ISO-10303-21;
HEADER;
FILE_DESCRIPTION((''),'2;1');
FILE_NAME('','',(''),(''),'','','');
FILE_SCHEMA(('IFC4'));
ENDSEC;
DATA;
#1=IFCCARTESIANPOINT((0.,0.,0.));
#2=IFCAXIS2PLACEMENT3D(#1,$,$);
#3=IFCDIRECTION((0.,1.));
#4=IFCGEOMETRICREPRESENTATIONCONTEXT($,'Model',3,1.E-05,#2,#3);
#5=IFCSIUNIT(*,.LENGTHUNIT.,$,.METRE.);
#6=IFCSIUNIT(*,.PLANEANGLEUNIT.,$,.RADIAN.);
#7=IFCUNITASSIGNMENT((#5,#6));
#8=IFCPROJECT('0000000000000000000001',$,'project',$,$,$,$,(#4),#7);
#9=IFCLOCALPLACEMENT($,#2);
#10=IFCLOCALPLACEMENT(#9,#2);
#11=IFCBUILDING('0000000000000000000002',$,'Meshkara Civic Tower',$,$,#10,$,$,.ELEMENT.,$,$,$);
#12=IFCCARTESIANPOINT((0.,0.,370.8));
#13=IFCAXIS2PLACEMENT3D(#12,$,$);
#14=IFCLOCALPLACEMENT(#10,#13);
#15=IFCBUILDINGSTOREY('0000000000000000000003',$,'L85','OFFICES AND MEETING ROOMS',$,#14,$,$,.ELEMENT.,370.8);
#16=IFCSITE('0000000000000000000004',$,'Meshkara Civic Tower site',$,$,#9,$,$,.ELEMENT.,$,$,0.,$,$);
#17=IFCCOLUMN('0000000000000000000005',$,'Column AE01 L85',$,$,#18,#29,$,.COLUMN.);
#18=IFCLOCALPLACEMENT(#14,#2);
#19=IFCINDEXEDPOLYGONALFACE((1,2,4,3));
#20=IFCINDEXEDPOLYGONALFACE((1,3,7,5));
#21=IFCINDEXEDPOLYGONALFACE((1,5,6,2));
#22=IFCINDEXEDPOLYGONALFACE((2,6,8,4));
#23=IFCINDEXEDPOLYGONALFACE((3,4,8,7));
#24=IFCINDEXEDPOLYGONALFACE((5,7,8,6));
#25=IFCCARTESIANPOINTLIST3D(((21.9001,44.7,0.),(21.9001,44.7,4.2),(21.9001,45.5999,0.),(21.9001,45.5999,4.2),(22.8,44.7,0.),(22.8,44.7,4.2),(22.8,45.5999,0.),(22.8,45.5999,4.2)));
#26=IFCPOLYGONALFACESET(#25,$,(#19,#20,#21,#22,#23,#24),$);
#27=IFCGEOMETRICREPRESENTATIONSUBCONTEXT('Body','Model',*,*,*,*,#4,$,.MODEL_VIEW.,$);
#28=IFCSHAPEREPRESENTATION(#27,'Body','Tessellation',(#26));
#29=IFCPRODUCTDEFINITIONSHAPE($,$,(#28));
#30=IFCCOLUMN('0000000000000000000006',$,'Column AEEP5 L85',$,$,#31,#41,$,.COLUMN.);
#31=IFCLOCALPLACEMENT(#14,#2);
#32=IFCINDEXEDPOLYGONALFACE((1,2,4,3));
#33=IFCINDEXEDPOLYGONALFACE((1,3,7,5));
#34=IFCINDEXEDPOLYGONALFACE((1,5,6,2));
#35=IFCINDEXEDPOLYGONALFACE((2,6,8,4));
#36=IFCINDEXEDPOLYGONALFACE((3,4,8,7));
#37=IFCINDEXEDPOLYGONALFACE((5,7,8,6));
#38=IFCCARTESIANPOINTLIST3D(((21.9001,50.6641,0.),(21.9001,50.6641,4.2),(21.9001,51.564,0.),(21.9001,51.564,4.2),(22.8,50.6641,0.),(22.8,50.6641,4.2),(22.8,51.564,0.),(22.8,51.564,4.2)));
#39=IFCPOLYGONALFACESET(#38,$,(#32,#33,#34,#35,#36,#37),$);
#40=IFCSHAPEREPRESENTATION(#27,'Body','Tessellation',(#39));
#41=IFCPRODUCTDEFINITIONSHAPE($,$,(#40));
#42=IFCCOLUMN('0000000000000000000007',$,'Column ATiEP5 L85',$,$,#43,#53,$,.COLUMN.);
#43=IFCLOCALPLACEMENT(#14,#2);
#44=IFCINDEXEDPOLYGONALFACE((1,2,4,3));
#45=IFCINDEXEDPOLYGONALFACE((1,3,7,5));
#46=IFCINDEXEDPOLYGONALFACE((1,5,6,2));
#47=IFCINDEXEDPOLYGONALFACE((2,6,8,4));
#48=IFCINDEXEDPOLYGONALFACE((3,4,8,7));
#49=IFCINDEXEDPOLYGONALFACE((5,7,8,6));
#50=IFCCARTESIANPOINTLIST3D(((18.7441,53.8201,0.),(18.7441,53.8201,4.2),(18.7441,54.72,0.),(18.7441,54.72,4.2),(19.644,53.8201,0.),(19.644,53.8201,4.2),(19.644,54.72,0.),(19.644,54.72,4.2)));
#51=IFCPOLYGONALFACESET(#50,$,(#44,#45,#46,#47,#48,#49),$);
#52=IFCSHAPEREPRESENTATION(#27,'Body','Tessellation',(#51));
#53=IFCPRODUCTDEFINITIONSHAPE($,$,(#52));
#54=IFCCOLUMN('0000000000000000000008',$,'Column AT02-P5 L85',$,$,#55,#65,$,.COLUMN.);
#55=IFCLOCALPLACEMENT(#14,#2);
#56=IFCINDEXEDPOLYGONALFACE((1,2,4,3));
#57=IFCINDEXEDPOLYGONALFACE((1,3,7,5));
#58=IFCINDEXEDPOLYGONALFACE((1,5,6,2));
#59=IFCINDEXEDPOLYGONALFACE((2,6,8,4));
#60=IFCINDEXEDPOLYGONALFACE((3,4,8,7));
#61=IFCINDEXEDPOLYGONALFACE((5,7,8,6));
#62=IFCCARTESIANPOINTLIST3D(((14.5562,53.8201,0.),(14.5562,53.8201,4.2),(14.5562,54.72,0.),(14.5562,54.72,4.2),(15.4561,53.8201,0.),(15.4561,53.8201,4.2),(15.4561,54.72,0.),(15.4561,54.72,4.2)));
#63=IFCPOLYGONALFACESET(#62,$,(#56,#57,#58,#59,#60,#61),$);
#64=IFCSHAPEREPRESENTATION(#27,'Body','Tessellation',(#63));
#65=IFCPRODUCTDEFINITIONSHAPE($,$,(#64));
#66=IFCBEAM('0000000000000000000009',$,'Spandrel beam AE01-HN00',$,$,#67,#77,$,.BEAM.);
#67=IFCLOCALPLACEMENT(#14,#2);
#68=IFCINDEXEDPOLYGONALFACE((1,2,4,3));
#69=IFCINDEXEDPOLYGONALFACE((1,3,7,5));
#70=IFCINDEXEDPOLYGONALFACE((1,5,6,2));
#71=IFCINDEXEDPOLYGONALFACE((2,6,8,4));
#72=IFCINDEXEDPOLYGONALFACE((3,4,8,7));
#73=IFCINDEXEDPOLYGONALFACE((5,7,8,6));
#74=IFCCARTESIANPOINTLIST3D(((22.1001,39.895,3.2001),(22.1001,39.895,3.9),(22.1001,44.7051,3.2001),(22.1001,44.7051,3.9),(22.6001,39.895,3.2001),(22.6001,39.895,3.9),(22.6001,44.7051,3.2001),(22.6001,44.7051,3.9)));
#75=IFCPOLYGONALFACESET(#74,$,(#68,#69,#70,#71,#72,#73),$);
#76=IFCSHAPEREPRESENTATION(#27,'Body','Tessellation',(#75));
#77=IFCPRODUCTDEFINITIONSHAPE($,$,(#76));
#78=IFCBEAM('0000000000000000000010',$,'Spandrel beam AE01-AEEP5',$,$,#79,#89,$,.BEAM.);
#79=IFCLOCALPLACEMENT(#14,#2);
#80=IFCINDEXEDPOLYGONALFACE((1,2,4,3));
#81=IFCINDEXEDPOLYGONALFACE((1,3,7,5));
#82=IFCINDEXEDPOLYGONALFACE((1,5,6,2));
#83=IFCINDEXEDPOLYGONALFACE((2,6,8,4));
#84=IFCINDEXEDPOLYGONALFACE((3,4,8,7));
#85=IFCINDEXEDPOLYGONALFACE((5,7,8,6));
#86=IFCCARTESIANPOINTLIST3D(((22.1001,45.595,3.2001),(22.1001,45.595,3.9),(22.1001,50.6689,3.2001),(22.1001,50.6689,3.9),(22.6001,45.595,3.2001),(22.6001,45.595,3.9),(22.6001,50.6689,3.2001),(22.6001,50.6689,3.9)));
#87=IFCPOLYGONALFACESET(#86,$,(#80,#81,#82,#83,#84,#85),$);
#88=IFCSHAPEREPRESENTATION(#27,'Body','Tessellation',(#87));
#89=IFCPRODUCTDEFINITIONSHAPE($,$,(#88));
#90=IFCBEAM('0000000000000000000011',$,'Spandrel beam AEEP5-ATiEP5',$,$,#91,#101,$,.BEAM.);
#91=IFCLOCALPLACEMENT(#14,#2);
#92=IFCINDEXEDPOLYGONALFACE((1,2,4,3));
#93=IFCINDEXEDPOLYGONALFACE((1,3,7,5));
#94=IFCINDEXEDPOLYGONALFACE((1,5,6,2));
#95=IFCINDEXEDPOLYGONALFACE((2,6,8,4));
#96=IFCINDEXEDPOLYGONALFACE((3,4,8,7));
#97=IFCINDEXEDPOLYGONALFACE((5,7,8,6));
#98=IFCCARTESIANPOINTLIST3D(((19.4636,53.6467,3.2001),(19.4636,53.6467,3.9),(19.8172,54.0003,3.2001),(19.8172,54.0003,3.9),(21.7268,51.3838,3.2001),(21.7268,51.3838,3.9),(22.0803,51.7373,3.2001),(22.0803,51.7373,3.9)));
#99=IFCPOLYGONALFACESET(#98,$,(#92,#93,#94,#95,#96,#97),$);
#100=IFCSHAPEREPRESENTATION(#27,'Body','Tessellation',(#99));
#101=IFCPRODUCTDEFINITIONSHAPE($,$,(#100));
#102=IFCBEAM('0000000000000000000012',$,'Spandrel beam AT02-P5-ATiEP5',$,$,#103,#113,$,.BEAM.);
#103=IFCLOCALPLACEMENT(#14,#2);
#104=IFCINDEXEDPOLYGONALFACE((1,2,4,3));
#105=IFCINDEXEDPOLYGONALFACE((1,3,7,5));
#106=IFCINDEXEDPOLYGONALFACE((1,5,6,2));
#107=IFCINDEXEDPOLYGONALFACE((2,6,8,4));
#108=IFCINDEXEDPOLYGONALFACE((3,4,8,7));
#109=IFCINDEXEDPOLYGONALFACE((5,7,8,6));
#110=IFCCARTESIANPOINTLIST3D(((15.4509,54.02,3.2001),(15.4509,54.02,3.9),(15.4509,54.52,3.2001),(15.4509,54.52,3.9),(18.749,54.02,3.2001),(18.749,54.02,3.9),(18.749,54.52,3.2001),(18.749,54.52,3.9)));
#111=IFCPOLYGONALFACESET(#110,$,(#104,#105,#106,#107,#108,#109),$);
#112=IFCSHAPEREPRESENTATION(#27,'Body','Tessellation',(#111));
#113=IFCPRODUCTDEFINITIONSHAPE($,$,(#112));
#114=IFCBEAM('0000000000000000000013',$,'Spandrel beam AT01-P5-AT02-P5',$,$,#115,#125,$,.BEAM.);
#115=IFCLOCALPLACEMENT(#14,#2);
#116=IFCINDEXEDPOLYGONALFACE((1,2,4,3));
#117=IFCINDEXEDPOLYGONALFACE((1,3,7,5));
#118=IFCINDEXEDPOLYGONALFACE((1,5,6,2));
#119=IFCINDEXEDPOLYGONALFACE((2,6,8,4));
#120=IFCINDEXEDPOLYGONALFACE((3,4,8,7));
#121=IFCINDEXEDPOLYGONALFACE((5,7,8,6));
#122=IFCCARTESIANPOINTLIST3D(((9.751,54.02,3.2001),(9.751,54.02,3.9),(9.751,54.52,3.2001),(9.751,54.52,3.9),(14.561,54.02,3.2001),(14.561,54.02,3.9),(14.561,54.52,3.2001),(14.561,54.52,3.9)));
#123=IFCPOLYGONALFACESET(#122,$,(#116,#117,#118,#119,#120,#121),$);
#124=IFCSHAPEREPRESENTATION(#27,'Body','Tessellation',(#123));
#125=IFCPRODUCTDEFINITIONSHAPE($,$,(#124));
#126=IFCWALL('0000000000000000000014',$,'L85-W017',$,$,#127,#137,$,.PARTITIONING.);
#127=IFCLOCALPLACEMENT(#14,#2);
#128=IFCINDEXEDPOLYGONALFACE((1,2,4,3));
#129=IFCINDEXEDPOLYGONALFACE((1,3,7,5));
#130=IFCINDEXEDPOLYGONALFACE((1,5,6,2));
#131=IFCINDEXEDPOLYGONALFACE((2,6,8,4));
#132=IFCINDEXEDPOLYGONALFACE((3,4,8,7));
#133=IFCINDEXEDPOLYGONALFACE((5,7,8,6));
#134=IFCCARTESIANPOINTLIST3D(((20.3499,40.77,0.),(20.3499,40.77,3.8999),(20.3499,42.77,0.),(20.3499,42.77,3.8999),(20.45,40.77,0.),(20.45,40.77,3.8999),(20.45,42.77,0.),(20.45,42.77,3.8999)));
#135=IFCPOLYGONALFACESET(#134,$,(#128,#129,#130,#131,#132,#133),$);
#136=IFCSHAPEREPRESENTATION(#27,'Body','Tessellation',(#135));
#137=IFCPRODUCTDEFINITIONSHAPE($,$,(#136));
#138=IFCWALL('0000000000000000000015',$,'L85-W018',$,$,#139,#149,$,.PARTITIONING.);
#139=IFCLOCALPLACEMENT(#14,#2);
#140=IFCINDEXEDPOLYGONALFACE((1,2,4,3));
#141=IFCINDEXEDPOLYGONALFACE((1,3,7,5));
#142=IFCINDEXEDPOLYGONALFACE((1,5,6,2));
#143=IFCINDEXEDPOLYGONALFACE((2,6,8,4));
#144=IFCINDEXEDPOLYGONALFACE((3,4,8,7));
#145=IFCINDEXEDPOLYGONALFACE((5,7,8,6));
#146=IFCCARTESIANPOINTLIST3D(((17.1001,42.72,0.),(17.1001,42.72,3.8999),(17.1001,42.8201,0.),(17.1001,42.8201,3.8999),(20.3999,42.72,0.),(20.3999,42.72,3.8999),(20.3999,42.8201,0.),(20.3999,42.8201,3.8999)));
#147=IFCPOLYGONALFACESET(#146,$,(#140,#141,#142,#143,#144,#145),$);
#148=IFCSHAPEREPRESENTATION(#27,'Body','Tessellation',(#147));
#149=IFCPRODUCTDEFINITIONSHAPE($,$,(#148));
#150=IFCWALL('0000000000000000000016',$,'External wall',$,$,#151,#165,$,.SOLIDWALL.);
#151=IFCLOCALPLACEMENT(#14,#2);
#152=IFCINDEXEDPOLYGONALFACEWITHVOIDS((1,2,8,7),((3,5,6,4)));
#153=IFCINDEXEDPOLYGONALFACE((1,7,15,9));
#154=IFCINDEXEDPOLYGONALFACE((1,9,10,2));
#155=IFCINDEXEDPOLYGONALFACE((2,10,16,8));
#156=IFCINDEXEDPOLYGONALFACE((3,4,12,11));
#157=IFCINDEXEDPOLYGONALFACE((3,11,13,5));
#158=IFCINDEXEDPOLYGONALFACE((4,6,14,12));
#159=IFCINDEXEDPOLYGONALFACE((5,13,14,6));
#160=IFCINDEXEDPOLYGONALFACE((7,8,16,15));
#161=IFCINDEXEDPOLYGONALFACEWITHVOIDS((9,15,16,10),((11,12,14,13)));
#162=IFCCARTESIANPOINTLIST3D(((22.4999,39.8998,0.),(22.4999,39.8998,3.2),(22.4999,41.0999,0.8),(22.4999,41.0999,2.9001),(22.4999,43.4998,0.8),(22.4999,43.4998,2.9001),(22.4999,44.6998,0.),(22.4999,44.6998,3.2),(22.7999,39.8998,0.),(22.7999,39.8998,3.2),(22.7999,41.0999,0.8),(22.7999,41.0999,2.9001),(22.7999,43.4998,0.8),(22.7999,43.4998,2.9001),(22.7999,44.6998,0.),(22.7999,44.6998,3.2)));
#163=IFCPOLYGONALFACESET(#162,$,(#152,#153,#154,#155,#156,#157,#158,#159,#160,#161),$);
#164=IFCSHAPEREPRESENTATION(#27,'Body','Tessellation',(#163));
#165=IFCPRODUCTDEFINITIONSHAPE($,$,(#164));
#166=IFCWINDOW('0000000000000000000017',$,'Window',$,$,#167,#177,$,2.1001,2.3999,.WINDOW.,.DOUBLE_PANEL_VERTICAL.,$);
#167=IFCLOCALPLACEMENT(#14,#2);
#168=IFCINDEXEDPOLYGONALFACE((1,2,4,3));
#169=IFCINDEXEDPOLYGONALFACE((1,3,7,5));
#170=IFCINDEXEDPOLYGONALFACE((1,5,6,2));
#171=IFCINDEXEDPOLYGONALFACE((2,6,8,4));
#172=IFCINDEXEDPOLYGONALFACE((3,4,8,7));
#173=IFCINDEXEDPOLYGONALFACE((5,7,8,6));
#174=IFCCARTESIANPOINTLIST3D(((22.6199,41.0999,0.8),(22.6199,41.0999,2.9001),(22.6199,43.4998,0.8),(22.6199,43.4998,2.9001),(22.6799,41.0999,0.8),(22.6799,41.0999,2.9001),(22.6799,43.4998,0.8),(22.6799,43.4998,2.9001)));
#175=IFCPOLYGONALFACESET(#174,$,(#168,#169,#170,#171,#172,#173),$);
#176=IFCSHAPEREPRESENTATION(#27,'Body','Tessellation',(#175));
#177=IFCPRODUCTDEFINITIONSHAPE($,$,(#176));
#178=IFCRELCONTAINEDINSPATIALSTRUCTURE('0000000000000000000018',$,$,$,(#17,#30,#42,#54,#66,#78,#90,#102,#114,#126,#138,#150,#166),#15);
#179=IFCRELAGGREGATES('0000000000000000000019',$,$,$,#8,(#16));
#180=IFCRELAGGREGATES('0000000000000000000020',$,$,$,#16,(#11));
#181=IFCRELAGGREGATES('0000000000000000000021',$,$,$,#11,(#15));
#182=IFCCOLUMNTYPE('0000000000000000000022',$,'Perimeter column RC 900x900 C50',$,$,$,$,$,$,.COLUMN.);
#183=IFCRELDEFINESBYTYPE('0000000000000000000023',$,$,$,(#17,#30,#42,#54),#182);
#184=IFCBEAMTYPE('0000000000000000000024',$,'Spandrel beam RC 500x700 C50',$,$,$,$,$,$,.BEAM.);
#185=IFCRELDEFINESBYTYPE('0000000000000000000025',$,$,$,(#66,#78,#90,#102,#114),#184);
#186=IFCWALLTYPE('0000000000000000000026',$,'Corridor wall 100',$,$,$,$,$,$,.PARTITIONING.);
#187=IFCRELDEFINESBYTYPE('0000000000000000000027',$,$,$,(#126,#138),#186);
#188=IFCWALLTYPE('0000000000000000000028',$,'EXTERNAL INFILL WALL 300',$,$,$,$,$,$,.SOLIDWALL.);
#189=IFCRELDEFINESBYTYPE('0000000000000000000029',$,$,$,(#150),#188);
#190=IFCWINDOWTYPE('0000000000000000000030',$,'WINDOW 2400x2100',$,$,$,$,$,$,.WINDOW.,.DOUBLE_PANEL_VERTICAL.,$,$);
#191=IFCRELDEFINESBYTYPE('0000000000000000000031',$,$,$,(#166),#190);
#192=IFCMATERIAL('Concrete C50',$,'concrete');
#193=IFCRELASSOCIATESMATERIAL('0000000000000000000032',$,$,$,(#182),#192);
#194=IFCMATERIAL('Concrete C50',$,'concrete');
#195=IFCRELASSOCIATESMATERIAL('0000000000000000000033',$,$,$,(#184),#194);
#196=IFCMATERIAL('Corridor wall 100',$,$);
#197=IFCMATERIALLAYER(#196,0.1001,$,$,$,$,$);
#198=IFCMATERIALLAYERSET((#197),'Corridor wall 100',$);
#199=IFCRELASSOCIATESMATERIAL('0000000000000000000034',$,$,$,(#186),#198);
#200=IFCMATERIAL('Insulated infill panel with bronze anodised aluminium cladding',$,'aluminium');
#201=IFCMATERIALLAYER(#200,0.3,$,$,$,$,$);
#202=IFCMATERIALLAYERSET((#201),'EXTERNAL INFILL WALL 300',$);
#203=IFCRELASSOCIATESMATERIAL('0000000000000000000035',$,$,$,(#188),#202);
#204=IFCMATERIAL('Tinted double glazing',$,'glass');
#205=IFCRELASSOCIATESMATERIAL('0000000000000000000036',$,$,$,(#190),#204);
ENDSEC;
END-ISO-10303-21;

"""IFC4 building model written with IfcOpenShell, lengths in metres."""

from ifc_helpers import new_model, si_unit, direction, frame, frame_2d, origin, origin_2d, place, context, subcontext, project, spatial, rectangle, extrude, material, layer, layer_set, material_profile, profile_set, type_object, element, fill, save


model = new_model("IFC4")

# Units and contexts
model_context = context("Model", 3, precision=1e-05, world=origin(), true_north=direction((0.0, 1.0)))
body_context = subcontext(model_context, "Body", "Model", "MODEL_VIEW")
ifc_project = project(units=[si_unit("LENGTHUNIT", "METRE"), si_unit("PLANEANGLEUNIT", "RADIAN")], contexts=[model_context])

# Site, building, storey
site_placement = place(None, origin())
site = spatial("IfcSite", under=ifc_project, at=site_placement, Name="Meshkara Civic Tower site", CompositionType="ELEMENT", RefElevation=0.0)
building_placement = place(site_placement, origin())
building = spatial("IfcBuilding", under=site, at=building_placement, Name="Meshkara Civic Tower", CompositionType="ELEMENT")
storey_placement = place(building_placement, frame((0.0, 0.0, 370.8)))
storey = spatial("IfcBuildingStorey", under=building, at=storey_placement, Name="L85", Description="OFFICES AND MEETING ROOMS", CompositionType="ELEMENT", Elevation=370.8)

# Columns
ifc_material_1 = material(Name="Concrete C50", Category="concrete")
ifc_material_profile_1 = material_profile(ifc_material_1, rectangle(XDim=0.8999, YDim=0.8999, at=origin_2d()))
ifc_profile_set_1 = profile_set([ifc_material_profile_1], Name="Concrete C50")
column_type = type_object("IfcColumnType", Name="Perimeter column RC 900x900 C50", PredefinedType="COLUMN", material=ifc_profile_set_1)
for number, where, z_axis, x_axis, name in (
    (1, (22.3501, 45.1499, 0.0), (0.0, 0.0, 1.0), (1.0, 0.0, 0.0), "Column AE01 L85"),
    (2, (22.3501, 51.114, 0.0), (0.0, 0.0, 1.0), (1.0, 0.0, 0.0), "Column AEEP5 L85"),
    (3, (19.1941, 54.27, 0.0), (0.0, 0.0, 1.0), (1.0, 0.0, 0.0), "Column ATiEP5 L85"),
    (4, (15.0061, 54.27, 0.0), (0.0, 0.0, 1.0), (1.0, 0.0, 0.0), "Column AT02-P5 L85"),
):
    element("IfcColumn", number, at=place(storey_placement, frame(where, z_axis=z_axis, x_axis=x_axis)), inside=storey, type_object=column_type, Name=name, PredefinedType="COLUMN", context=body_context, shape_type="SweptSolid", body=[
        extrude(rectangle(XDim=0.8999, YDim=0.8999, at=origin_2d()), origin(), (0.0, 0.0, 1.0), 4.2),
    ])

# Beams
ifc_material_2 = material(Name="Concrete C50", Category="concrete")
ifc_material_profile_2 = material_profile(ifc_material_2, rectangle(XDim=0.5, YDim=0.7, at=origin_2d()))
ifc_profile_set_2 = profile_set([ifc_material_profile_2], Name="Concrete C50")
beam_type = type_object("IfcBeamType", Name="Spandrel beam RC 500x700 C50", PredefinedType="BEAM", material=ifc_profile_set_2)
beam_1_placement = place(storey_placement, frame((22.3501, 39.895, 3.55), z_axis=(0.0, 1.0, 0.0), x_axis=(-1.0, 0.0, 0.0)))
element("IfcBeam", 5, at=beam_1_placement, inside=storey, type_object=beam_type, Name="Spandrel beam AE01-HN00", PredefinedType="BEAM", context=body_context, shape_type="SweptSolid", body=[
    extrude(rectangle(XDim=0.5, YDim=0.7, at=origin_2d()), origin(), (0.0, 0.0, 1.0), 4.8101),
])
beam_2_placement = place(storey_placement, frame((22.3501, 45.595, 3.55), z_axis=(0.0, 1.0, 0.0), x_axis=(-1.0, 0.0, 0.0)))
element("IfcBeam", 6, at=beam_2_placement, inside=storey, type_object=beam_type, Name="Spandrel beam AE01-AEEP5", PredefinedType="BEAM", context=body_context, shape_type="SweptSolid", body=[
    extrude(rectangle(XDim=0.5, YDim=0.7, at=origin_2d()), origin(), (0.0, 0.0, 1.0), 5.074),
])
beam_3_placement = place(storey_placement, frame((21.9036, 51.5605, 3.55), z_axis=(-0.707145, 0.707069, 0.0), x_axis=(-0.707069, -0.707145, 0.0)))
element("IfcBeam", 7, at=beam_3_placement, inside=storey, type_object=beam_type, Name="Spandrel beam AEEP5-ATiEP5", PredefinedType="BEAM", context=body_context, shape_type="SweptSolid", body=[
    extrude(rectangle(XDim=0.5, YDim=0.7, at=origin_2d()), origin(), (0.0, 0.0, 1.0), 3.2004),
])
beam_4_placement = place(storey_placement, frame((18.749, 54.27, 3.55), z_axis=(-1.0, 0.0, 0.0), x_axis=(0.0, -1.0, 0.0)))
element("IfcBeam", 8, at=beam_4_placement, inside=storey, type_object=beam_type, Name="Spandrel beam AT02-P5-ATiEP5", PredefinedType="BEAM", context=body_context, shape_type="SweptSolid", body=[
    extrude(rectangle(XDim=0.5, YDim=0.7, at=origin_2d()), origin(), (0.0, 0.0, 1.0), 3.2981),
])
beam_5_placement = place(storey_placement, frame((14.561, 54.27, 3.55), z_axis=(-1.0, 0.0, 0.0), x_axis=(0.0, -1.0, 0.0)))
element("IfcBeam", 9, at=beam_5_placement, inside=storey, type_object=beam_type, Name="Spandrel beam AT01-P5-AT02-P5", PredefinedType="BEAM", context=body_context, shape_type="SweptSolid", body=[
    extrude(rectangle(XDim=0.5, YDim=0.7, at=origin_2d()), origin(), (0.0, 0.0, 1.0), 4.8101),
])

# Walls
ifc_material_3 = material(Name="Corridor wall 100")
ifc_layer_1 = layer(ifc_material_3, 0.1001)
ifc_layer_set_1 = layer_set([ifc_layer_1], Name="Corridor wall 100")
wall_type_1 = type_object("IfcWallType", Name="Corridor wall 100", PredefinedType="PARTITIONING", material=ifc_layer_set_1)
wall_1_placement = place(storey_placement, frame((20.3999, 40.77, 0.0), z_axis=(0.0, 0.0, 1.0), x_axis=(0.0, 1.0, 0.0)))
element("IfcWall", 10, at=wall_1_placement, inside=storey, type_object=wall_type_1, Name="L85-W017", PredefinedType="PARTITIONING", context=body_context, shape_type="SweptSolid", body=[
    extrude(rectangle(XDim=2.0, YDim=0.1001, at=frame_2d((1.0, 0.0))), origin(), (0.0, 0.0, 1.0), 3.8999),
])
wall_2_placement = place(storey_placement, frame((20.3999, 42.77, 0.0), z_axis=(0.0, 0.0, 1.0), x_axis=(-1.0, 0.0, 0.0)))
element("IfcWall", 11, at=wall_2_placement, inside=storey, type_object=wall_type_1, Name="L85-W018", PredefinedType="PARTITIONING", context=body_context, shape_type="SweptSolid", body=[
    extrude(rectangle(XDim=3.2998, YDim=0.1001, at=frame_2d((1.6499, 0.0))), origin(), (0.0, 0.0, 1.0), 3.8999),
])

# Wall, opening, window
ifc_material_4 = material(Name="Insulated infill panel with bronze anodised aluminium cladding", Category="aluminium")
ifc_layer_2 = layer(ifc_material_4, 0.3)
ifc_layer_set_2 = layer_set([ifc_layer_2], Name="EXTERNAL INFILL WALL 300")
wall_type_2 = type_object("IfcWallType", Name="EXTERNAL INFILL WALL 300", PredefinedType="SOLIDWALL", material=ifc_layer_set_2)
wall_3_placement = place(storey_placement, frame((22.6499, 39.8999, 0.0), z_axis=(0.0, 0.0, 1.0), x_axis=(0.0, 1.0, 0.0)))
wall_3 = element("IfcWall", 12, at=wall_3_placement, inside=storey, type_object=wall_type_2, Name="External wall", PredefinedType="SOLIDWALL", context=body_context, shape_type="SweptSolid", body=[
    extrude(rectangle(XDim=4.8, YDim=0.3, at=frame_2d((2.3999, 0.0))), origin(), (0.0, 0.0, 1.0), 3.2),
])
opening_1_placement = place(wall_3_placement, frame((1.2, 0.0, 0.8)))
opening_1 = element("IfcOpeningElement", 13, at=opening_1_placement, cuts=wall_3, PredefinedType="OPENING", context=body_context, shape_type="SweptSolid", body=[
    extrude(rectangle(XDim=2.3999, YDim=2.1001, at=frame_2d((1.2, 1.05))), frame((0.0, 0.1599, 0.0), z_axis=(0.0, -1.0, 0.0), x_axis=(1.0, 0.0, 0.0)), (0.0, 0.0, 1.0), 0.3201),
])
ifc_material_5 = material(Name="Tinted double glazing", Category="glass")
window_type = type_object("IfcWindowType", Name="WINDOW 2400x2100", PartitioningType="DOUBLE_PANEL_VERTICAL", PredefinedType="WINDOW", material=ifc_material_5)
window_1_placement = place(opening_1_placement, origin())
window_1 = element("IfcWindow", 14, at=window_1_placement, inside=storey, type_object=window_type, Name="Window", OverallHeight=2.1001, OverallWidth=2.3999, PartitioningType="DOUBLE_PANEL_VERTICAL", PredefinedType="WINDOW", context=body_context, shape_type="SweptSolid", body=[
    extrude(rectangle(XDim=2.3999, YDim=2.1001, at=frame_2d((1.2, 1.05))), frame((0.0, 0.03, 0.0), z_axis=(0.0, -1.0, 0.0), x_axis=(1.0, 0.0, 0.0)), (0.0, 0.0, 1.0), 0.0601),
])
fill(opening_1, window_1)

save(model, "model.ifc")
